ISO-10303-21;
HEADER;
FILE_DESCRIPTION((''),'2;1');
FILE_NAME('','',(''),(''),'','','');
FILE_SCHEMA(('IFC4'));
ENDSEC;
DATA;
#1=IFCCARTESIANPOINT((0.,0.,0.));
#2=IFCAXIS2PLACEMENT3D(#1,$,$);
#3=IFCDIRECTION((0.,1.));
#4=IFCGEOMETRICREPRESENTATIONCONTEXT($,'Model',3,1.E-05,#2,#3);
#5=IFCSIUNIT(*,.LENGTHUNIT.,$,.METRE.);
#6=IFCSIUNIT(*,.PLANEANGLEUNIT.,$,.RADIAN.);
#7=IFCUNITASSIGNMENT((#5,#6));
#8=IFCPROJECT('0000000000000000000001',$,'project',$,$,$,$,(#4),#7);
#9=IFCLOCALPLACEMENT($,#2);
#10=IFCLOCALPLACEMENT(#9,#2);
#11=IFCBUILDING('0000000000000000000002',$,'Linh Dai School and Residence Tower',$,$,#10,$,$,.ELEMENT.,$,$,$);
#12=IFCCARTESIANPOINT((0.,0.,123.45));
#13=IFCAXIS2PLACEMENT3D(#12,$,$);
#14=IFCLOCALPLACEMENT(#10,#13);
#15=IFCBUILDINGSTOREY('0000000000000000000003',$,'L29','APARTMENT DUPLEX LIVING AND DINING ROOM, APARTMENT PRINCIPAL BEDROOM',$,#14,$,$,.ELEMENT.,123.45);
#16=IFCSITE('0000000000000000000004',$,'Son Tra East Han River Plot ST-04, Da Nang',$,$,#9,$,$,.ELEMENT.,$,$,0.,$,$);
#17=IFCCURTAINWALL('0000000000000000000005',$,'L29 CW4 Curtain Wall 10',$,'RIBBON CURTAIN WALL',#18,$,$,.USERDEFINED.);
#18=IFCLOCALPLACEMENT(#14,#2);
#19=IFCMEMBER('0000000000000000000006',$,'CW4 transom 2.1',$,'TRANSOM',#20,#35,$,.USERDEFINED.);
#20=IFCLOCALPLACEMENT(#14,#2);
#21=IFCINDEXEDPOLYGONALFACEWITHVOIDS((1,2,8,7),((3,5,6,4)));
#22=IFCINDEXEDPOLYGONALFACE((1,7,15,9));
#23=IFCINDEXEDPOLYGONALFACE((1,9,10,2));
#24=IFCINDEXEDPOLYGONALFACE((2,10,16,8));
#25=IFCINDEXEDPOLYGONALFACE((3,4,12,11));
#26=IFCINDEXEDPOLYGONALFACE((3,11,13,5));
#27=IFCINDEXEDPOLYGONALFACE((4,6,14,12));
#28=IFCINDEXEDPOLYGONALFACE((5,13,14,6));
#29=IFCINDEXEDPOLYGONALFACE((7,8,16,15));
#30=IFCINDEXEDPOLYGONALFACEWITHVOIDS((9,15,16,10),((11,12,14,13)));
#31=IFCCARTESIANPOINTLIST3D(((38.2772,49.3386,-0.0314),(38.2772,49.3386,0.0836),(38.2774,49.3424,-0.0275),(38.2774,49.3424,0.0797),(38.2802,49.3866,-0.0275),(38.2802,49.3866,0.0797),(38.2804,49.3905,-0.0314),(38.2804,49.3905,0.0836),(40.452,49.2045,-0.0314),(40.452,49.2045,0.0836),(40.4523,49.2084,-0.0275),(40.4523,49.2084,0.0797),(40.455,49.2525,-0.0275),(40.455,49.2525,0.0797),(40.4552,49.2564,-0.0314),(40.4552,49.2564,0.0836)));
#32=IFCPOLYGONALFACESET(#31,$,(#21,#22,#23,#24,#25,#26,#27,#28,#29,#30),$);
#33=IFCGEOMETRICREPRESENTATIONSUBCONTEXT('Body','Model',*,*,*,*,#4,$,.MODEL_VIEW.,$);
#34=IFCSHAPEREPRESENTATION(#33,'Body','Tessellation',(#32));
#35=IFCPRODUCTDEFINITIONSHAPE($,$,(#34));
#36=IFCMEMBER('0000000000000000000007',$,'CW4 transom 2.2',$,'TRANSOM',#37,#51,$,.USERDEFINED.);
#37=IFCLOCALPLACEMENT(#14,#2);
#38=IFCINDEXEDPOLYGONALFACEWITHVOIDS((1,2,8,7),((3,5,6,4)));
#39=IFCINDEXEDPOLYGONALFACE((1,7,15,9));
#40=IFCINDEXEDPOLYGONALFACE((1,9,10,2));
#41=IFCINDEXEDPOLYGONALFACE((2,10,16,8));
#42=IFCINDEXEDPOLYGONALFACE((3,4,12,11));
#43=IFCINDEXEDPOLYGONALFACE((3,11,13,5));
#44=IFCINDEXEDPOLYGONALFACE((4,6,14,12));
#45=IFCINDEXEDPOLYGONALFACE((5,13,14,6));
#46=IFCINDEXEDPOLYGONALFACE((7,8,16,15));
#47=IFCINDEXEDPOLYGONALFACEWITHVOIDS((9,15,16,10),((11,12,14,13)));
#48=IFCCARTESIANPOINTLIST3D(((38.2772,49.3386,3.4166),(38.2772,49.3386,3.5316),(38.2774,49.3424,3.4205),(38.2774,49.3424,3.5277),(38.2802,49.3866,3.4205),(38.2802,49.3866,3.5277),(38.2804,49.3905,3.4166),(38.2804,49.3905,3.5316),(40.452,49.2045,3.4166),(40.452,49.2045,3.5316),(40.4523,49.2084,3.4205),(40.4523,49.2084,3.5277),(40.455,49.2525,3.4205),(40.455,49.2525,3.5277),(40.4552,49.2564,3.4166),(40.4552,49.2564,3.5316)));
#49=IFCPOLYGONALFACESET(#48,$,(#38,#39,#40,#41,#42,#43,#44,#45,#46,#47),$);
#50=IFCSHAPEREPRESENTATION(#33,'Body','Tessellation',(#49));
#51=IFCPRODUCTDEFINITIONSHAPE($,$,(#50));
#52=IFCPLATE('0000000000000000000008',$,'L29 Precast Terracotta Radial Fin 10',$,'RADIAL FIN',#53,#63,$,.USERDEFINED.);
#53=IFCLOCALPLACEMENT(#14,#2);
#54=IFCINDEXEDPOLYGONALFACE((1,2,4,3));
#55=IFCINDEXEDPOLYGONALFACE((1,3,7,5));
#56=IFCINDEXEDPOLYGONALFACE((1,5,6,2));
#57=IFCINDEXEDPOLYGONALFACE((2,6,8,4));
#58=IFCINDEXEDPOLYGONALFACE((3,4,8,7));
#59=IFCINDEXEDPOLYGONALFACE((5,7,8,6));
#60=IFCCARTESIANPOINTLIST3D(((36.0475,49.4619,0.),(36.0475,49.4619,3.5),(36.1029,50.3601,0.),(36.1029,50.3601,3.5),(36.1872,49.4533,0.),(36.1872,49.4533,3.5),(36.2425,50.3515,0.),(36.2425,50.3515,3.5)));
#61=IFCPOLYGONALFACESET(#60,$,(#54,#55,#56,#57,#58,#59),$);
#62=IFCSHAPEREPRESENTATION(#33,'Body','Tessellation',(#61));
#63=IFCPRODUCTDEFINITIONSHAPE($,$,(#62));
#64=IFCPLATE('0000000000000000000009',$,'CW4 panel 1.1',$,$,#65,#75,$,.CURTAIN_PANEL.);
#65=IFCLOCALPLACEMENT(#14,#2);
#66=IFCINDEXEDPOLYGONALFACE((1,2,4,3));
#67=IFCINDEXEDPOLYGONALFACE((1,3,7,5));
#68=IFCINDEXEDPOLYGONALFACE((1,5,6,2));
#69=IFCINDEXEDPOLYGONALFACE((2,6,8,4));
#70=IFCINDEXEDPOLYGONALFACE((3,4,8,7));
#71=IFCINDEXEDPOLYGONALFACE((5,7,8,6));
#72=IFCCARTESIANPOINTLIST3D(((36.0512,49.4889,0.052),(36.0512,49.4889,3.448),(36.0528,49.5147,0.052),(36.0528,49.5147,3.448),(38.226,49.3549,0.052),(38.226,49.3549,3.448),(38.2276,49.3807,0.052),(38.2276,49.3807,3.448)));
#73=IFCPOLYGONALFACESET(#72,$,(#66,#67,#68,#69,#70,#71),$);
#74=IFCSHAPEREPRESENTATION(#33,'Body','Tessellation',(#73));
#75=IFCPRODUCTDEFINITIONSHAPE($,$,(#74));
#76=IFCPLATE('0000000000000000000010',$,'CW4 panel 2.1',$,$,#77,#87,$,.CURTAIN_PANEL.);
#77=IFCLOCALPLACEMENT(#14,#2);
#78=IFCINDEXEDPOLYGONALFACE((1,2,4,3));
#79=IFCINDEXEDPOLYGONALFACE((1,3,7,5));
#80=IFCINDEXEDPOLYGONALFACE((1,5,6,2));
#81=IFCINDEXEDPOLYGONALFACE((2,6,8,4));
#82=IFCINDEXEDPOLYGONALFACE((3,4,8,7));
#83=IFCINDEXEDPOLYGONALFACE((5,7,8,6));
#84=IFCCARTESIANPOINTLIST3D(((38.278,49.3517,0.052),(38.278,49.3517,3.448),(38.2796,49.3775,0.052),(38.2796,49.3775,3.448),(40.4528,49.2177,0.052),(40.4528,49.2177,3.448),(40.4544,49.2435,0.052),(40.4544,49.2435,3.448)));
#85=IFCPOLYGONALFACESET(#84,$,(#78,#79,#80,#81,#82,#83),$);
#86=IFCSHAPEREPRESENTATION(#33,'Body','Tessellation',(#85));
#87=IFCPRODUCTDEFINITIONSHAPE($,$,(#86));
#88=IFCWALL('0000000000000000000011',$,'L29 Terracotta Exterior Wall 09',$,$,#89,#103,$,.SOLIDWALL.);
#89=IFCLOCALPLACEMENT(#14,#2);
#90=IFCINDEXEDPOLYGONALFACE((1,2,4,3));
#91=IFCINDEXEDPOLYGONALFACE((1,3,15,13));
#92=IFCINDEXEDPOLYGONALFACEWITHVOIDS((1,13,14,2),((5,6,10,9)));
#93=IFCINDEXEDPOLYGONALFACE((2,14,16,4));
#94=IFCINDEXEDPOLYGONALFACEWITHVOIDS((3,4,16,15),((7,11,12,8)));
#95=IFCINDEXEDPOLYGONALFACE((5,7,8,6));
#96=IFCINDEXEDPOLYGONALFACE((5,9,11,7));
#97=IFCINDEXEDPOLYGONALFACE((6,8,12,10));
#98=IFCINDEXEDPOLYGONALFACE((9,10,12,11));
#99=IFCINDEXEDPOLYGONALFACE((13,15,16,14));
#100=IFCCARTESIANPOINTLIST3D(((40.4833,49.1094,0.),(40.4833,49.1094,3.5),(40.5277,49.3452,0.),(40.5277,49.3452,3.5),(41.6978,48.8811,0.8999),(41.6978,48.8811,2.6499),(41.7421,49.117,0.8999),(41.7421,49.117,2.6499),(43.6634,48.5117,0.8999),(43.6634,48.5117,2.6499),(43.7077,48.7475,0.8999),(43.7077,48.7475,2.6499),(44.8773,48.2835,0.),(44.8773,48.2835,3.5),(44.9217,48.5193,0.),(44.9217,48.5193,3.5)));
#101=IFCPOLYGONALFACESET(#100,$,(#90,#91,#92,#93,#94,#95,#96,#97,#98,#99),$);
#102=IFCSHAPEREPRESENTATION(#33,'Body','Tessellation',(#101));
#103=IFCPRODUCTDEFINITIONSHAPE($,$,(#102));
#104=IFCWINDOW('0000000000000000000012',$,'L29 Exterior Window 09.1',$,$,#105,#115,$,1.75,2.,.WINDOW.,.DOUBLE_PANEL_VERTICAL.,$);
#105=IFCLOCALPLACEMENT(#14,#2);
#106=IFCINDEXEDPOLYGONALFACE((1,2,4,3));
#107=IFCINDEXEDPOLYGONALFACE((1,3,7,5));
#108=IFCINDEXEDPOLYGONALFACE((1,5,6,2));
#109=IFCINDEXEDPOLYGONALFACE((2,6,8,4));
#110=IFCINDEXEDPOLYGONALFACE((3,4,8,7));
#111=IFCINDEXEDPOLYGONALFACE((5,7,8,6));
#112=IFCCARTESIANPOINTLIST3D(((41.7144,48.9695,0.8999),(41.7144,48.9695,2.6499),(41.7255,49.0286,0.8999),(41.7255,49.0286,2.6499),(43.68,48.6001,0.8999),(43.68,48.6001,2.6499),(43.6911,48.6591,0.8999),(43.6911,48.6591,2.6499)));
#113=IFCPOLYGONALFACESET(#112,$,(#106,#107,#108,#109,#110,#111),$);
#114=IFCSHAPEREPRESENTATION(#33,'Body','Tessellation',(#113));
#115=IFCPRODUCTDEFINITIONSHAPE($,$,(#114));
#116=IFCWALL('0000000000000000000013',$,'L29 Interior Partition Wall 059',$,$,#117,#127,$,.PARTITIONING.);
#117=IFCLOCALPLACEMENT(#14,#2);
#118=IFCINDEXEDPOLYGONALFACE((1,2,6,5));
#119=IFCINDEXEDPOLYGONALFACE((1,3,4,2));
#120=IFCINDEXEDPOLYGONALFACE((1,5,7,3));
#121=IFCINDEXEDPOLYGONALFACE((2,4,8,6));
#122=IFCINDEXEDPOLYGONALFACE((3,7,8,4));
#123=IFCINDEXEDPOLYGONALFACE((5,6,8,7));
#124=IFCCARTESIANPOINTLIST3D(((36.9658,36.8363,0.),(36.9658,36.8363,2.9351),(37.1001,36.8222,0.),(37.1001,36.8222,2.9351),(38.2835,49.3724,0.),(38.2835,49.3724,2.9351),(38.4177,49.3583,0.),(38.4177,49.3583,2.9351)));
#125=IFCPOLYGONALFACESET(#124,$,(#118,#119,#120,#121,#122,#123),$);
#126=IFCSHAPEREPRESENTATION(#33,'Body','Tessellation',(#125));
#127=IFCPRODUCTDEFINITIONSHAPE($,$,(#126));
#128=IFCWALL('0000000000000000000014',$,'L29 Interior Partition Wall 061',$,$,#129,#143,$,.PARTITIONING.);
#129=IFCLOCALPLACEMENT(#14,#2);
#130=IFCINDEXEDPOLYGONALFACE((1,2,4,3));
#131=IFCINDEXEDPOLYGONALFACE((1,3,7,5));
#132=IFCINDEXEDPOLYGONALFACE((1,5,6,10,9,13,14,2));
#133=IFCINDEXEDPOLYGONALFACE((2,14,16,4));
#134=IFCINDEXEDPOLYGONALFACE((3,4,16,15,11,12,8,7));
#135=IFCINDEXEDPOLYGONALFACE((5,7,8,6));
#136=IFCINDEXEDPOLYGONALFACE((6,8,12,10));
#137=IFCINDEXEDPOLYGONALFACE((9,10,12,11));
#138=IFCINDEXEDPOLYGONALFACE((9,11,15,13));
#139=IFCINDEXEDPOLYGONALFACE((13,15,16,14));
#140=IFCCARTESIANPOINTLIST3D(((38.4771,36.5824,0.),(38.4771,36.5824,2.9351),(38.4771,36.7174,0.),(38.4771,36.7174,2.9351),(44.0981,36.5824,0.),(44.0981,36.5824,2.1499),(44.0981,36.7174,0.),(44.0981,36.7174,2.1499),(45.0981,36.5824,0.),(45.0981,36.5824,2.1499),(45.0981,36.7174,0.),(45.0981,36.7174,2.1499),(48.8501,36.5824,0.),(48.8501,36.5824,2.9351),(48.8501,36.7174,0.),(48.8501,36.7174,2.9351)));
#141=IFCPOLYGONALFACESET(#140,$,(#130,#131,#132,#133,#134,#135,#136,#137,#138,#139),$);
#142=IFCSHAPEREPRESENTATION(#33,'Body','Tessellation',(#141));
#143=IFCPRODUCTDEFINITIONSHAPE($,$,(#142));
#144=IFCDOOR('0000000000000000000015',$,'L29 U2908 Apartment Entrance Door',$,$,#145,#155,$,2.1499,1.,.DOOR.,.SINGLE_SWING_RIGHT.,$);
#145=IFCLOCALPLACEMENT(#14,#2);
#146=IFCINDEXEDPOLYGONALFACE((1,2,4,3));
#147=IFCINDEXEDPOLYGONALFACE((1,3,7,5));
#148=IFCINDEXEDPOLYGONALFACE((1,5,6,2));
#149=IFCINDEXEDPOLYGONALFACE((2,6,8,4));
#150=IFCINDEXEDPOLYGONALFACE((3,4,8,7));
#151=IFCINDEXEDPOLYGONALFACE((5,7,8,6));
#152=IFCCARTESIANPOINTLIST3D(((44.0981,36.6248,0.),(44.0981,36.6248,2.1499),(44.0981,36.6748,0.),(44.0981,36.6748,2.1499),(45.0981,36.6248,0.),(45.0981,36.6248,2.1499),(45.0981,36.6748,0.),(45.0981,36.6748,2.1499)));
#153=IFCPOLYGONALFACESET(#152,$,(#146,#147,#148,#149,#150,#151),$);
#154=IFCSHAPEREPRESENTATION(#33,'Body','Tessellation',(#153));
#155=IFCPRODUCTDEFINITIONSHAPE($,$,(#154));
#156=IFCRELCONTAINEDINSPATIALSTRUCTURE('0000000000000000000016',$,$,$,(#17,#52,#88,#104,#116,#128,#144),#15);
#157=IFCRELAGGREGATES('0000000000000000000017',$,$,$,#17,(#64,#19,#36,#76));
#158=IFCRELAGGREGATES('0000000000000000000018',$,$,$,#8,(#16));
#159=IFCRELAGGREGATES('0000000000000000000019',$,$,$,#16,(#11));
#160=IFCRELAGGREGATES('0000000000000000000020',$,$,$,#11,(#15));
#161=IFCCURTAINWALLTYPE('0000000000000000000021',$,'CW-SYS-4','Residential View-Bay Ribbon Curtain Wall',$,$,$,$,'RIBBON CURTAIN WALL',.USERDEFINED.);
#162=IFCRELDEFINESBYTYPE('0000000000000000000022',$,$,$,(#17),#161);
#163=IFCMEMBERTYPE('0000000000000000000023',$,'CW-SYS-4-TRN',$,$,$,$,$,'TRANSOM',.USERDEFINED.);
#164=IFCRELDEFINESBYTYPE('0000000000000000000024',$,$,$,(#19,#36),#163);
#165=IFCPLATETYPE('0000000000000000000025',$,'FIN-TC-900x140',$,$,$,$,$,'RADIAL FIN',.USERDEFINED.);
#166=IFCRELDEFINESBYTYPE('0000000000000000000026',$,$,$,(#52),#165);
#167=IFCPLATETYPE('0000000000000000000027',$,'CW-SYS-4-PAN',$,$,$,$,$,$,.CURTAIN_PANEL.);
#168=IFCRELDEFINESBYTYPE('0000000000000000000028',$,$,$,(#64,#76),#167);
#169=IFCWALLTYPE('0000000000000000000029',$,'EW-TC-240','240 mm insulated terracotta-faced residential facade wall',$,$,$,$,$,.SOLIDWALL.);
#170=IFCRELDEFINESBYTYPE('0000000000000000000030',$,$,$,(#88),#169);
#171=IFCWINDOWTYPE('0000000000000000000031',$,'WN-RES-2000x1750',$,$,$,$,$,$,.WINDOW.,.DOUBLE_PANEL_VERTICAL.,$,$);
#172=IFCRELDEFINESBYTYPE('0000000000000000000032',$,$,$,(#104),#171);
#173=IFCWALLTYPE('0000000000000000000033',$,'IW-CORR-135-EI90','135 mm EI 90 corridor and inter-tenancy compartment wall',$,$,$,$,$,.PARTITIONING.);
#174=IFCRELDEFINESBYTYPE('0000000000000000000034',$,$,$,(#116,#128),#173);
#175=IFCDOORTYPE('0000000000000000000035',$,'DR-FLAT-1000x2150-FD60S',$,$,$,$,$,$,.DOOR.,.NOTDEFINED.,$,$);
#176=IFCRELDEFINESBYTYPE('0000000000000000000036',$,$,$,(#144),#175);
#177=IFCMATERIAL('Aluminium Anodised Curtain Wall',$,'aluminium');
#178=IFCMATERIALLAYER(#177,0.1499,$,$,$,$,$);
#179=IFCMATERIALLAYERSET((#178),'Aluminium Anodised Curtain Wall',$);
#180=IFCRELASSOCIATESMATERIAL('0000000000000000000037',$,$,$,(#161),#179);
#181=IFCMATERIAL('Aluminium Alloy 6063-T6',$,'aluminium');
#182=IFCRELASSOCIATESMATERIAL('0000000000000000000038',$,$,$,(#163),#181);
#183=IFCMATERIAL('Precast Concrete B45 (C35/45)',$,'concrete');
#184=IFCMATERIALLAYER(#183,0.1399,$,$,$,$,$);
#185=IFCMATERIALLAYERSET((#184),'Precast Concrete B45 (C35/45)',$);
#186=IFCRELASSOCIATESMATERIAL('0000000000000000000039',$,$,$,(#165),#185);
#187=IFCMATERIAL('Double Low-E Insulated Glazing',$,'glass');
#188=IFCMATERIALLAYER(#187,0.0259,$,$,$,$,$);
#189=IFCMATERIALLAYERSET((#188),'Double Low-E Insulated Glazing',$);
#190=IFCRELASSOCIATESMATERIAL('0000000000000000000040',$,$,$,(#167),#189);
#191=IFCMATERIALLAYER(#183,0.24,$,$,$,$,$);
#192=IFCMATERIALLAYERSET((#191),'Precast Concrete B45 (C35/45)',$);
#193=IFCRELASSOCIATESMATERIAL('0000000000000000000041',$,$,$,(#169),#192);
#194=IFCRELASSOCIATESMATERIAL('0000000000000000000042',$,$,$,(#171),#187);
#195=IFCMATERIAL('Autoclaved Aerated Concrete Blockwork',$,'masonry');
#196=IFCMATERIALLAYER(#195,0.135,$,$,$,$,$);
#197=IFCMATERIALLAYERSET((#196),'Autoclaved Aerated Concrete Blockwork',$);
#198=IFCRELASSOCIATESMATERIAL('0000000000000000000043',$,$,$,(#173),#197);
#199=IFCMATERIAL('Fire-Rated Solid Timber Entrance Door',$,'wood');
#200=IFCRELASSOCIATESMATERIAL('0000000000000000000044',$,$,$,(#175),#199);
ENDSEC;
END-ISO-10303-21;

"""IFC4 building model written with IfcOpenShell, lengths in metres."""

from ifc_helpers import new_model, si_unit, direction, frame, frame_2d, origin, origin_2d, place, context, subcontext, project, spatial, rectangle, hollow_rectangle, extrude, source, transform, mapped, material, layer, layer_set, material_profile, profile_set, type_object, element, fill, aggregate, save


model = new_model("IFC4")

# Units and contexts
model_context = context("Model", 3, precision=1e-05, world=origin(), true_north=direction((0.0, 1.0)))
body_context = subcontext(model_context, "Body", "Model", "MODEL_VIEW")
ifc_project = project(units=[si_unit("LENGTHUNIT", "METRE"), si_unit("PLANEANGLEUNIT", "RADIAN")], contexts=[model_context])

# Site, building, storey
site_placement = place(None, origin())
site = spatial("IfcSite", under=ifc_project, at=site_placement, Name="Son Tra East Han River Plot ST-04, Da Nang", CompositionType="ELEMENT", RefElevation=0.0)
building_placement = place(site_placement, origin())
building = spatial("IfcBuilding", under=site, at=building_placement, Name="Linh Dai School and Residence Tower", CompositionType="ELEMENT")
storey_placement = place(building_placement, frame((0.0, 0.0, 123.45)))
storey = spatial("IfcBuildingStorey", under=building, at=storey_placement, Name="L29", Description="APARTMENT DUPLEX LIVING AND DINING ROOM, APARTMENT PRINCIPAL BEDROOM", CompositionType="ELEMENT", Elevation=123.45)

# Curtain wall, members
ifc_material_1 = material(Name="Aluminium Anodised Curtain Wall", Category="aluminium")
ifc_layer_1 = layer(ifc_material_1, 0.1499)
ifc_layer_set_1 = layer_set([ifc_layer_1], Name="Aluminium Anodised Curtain Wall")
curtain_wall_type = type_object("IfcCurtainWallType", Name="CW-SYS-4", Description="Residential View-Bay Ribbon Curtain Wall", ElementType="RIBBON CURTAIN WALL", PredefinedType="USERDEFINED", material=ifc_layer_set_1)
curtain_wall_placement = place(storey_placement, origin())
curtain_wall = element("IfcCurtainWall", 1, at=curtain_wall_placement, inside=storey, type_object=curtain_wall_type, Name="L29 CW4 Curtain Wall 10", ObjectType="RIBBON CURTAIN WALL", PredefinedType="USERDEFINED")
ifc_material_2 = material(Name="Aluminium Alloy 6063-T6", Category="aluminium")
ifc_material_profile_1 = material_profile(ifc_material_2, hollow_rectangle(XDim=0.052, YDim=0.115, WallThickness=0.0039, at=origin_2d()), Name="RHS 115x52x4")
ifc_profile_set_1 = profile_set([ifc_material_profile_1], Name="Aluminium Alloy 6063-T6")
member_type_1 = type_object("IfcMemberType", Name="CW-SYS-4-TRN", ElementType="TRANSOM", PredefinedType="USERDEFINED", material=ifc_profile_set_1)
shared_shape_1 = source(origin(), body_context, "Body", "SweptSolid", [
    extrude(hollow_rectangle(XDim=0.052, YDim=0.115, WallThickness=0.0039, at=origin_2d()), origin(), (0.0, 0.0, 1.0), 2.179),
])
member_1_placement = place(storey_placement, frame((38.2788, 49.3645, 0.0261), z_axis=(0.998106, -0.061513, 0.0), x_axis=(0.061513, 0.998106, 0.0)))
member_1 = element("IfcMember", 2, at=member_1_placement, type_object=member_type_1, Name="CW4 transom 2.1", ObjectType="TRANSOM", PredefinedType="USERDEFINED", context=body_context, shape_type="MappedRepresentation", body=[
    mapped(shared_shape_1, transform((0.0, 0.0, 0.0), x_axis=(1.0, 0.0, 0.0), y_axis=(0.0, 1.0, 0.0), z_axis=(0.0, 0.0, 1.0), scale=1.0)),
])
member_2_placement = place(storey_placement, frame((38.2788, 49.3645, 3.4741), z_axis=(0.998106, -0.061513, 0.0), x_axis=(0.061513, 0.998106, 0.0)))
member_2 = element("IfcMember", 3, at=member_2_placement, type_object=member_type_1, Name="CW4 transom 2.2", ObjectType="TRANSOM", PredefinedType="USERDEFINED", context=body_context, shape_type="MappedRepresentation", body=[
    mapped(shared_shape_1, transform((0.0, 0.0, 0.0), x_axis=(1.0, 0.0, 0.0), y_axis=(0.0, 1.0, 0.0), z_axis=(0.0, 0.0, 1.0), scale=1.0)),
])

# Plates
ifc_material_3 = material(Name="Precast Concrete B45 (C35/45)", Category="concrete")
ifc_layer_2 = layer(ifc_material_3, 0.1399)
ifc_layer_set_2 = layer_set([ifc_layer_2], Name="Precast Concrete B45 (C35/45)")
plate_type_1 = type_object("IfcPlateType", Name="FIN-TC-900x140", ElementType="RADIAL FIN", PredefinedType="USERDEFINED", material=ifc_layer_set_2)
shared_shape_2 = source(origin(), body_context, "Body", "SweptSolid", [
    extrude(rectangle(XDim=0.8999, YDim=0.1399, at=origin_2d()), origin(), (0.0, 0.0, 1.0), 3.5),
])
plate_1_placement = place(storey_placement, frame((36.145, 49.9067, 0.0), z_axis=(0.0, 0.0, 1.0), x_axis=(0.061509, 0.998107, 0.0)))
element("IfcPlate", 4, at=plate_1_placement, inside=storey, type_object=plate_type_1, Name="L29 Precast Terracotta Radial Fin 10", ObjectType="RADIAL FIN", PredefinedType="USERDEFINED", context=body_context, shape_type="MappedRepresentation", body=[
    mapped(shared_shape_2, transform((0.0, 0.0, 0.0), x_axis=(1.0, 0.0, 0.0), y_axis=(0.0, 1.0, 0.0), z_axis=(0.0, 0.0, 1.0), scale=1.0)),
])
ifc_material_4 = material(Name="Double Low-E Insulated Glazing", Category="glass")
ifc_layer_3 = layer(ifc_material_4, 0.0259)
ifc_layer_set_3 = layer_set([ifc_layer_3], Name="Double Low-E Insulated Glazing")
plate_type_2 = type_object("IfcPlateType", Name="CW-SYS-4-PAN", PredefinedType="CURTAIN_PANEL", material=ifc_layer_set_3)
shared_shape_3 = source(origin(), body_context, "Body", "SweptSolid", [
    extrude(rectangle(XDim=2.179, YDim=0.0259, at=origin_2d()), origin(), (0.0, 0.0, 1.0), 3.396),
])
plate_2_placement = place(storey_placement, frame((37.1394, 49.4348, 0.052), z_axis=(0.0, 0.0, 1.0), x_axis=(0.998107, -0.061509, 0.0)))
plate_2 = element("IfcPlate", 5, at=plate_2_placement, type_object=plate_type_2, Name="CW4 panel 1.1", PredefinedType="CURTAIN_PANEL", context=body_context, shape_type="MappedRepresentation", body=[
    mapped(shared_shape_3, transform((0.0, 0.0, 0.0), x_axis=(1.0, 0.0, 0.0), y_axis=(0.0, 1.0, 0.0), z_axis=(0.0, 0.0, 1.0), scale=1.0)),
])
plate_3_placement = place(storey_placement, frame((39.3662, 49.2976, 0.052), z_axis=(0.0, 0.0, 1.0), x_axis=(0.998107, -0.061509, 0.0)))
plate_3 = element("IfcPlate", 6, at=plate_3_placement, type_object=plate_type_2, Name="CW4 panel 2.1", PredefinedType="CURTAIN_PANEL", context=body_context, shape_type="MappedRepresentation", body=[
    mapped(shared_shape_3, transform((0.0, 0.0, 0.0), x_axis=(1.0, 0.0, 0.0), y_axis=(0.0, 1.0, 0.0), z_axis=(0.0, 0.0, 1.0), scale=1.0)),
])
aggregate(curtain_wall, [plate_2, member_1, member_2, plate_3])

# Wall, opening, window
ifc_layer_4 = layer(ifc_material_3, 0.24)
ifc_layer_set_4 = layer_set([ifc_layer_4], Name="Precast Concrete B45 (C35/45)")
wall_type_1 = type_object("IfcWallType", Name="EW-TC-240", Description="240 mm insulated terracotta-faced residential facade wall", PredefinedType="SOLIDWALL", material=ifc_layer_set_4)
wall_1_placement = place(storey_placement, frame((40.5056, 49.2273, 0.0), z_axis=(0.0, 0.0, 1.0), x_axis=(0.982789, -0.18473, 0.0)))
wall_1 = element("IfcWall", 7, at=wall_1_placement, inside=storey, type_object=wall_type_1, Name="L29 Terracotta Exterior Wall 09", PredefinedType="SOLIDWALL", context=body_context, shape_type="SweptSolid", body=[
    extrude(rectangle(XDim=4.4709, YDim=0.24, at=frame_2d((2.2354, 0.0))), origin(), (0.0, 0.0, 1.0), 3.5),
])
opening_1_placement = place(wall_1_placement, frame((1.2356, 0.0, 0.8999)))
opening_1 = element("IfcOpeningElement", 8, at=opening_1_placement, cuts=wall_1, PredefinedType="OPENING", context=body_context, shape_type="SweptSolid", body=[
    extrude(rectangle(XDim=2.0, YDim=1.75, at=origin_2d()), frame((1.0, 0.1299, 0.875), z_axis=(0.0, -1.0, 0.0), x_axis=(1.0, 0.0, 0.0)), (0.0, 0.0, 1.0), 0.26),
])
window_type = type_object("IfcWindowType", Name="WN-RES-2000x1750", PartitioningType="DOUBLE_PANEL_VERTICAL", PredefinedType="WINDOW", material=ifc_material_4)
shared_shape_4 = source(origin(), body_context, "Body", "SweptSolid", [
    extrude(rectangle(XDim=2.0, YDim=1.75, at=origin_2d()), frame((1.0, 0.03, 0.875), z_axis=(0.0, -1.0, 0.0), x_axis=(1.0, 0.0, 0.0)), (0.0, 0.0, 1.0), 0.0601),
])
window_placement = place(opening_1_placement, origin())
window = element("IfcWindow", 9, at=window_placement, inside=storey, type_object=window_type, Name="L29 Exterior Window 09.1", OverallHeight=1.75, OverallWidth=2.0, PartitioningType="DOUBLE_PANEL_VERTICAL", PredefinedType="WINDOW", context=body_context, shape_type="MappedRepresentation", body=[
    mapped(shared_shape_4, transform((0.0, 0.0, 0.0), x_axis=(1.0, 0.0, 0.0), y_axis=(0.0, 1.0, 0.0), z_axis=(0.0, 0.0, 1.0), scale=1.0)),
])
fill(opening_1, window)

# Wall
ifc_material_5 = material(Name="Autoclaved Aerated Concrete Blockwork", Category="masonry")
ifc_layer_5 = layer(ifc_material_5, 0.135)
ifc_layer_set_5 = layer_set([ifc_layer_5], Name="Autoclaved Aerated Concrete Blockwork")
wall_type_2 = type_object("IfcWallType", Name="IW-CORR-135-EI90", Description="135 mm EI 90 corridor and inter-tenancy compartment wall", PredefinedType="PARTITIONING", material=ifc_layer_set_5)
wall_2_placement = place(storey_placement, frame((37.033, 36.8291, 0.0), z_axis=(0.0, 0.0, 1.0), x_axis=(0.104531, 0.994522, 0.0)))
element("IfcWall", 10, at=wall_2_placement, inside=storey, type_object=wall_type_2, Name="L29 Interior Partition Wall 059", PredefinedType="PARTITIONING", context=body_context, shape_type="SweptSolid", body=[
    extrude(rectangle(XDim=12.6052, YDim=0.135, at=frame_2d((6.3027, 0.0))), origin(), (0.0, 0.0, 1.0), 2.9351),
])

# Wall, opening, door
wall_3_placement = place(storey_placement, frame((38.4771, 36.6499, 0.0), z_axis=(0.0, 0.0, 1.0), x_axis=(1.0, 0.0, 0.0)))
wall_3 = element("IfcWall", 11, at=wall_3_placement, inside=storey, type_object=wall_type_2, Name="L29 Interior Partition Wall 061", PredefinedType="PARTITIONING", context=body_context, shape_type="SweptSolid", body=[
    extrude(rectangle(XDim=10.373, YDim=0.135, at=frame_2d((5.1865, 0.0))), origin(), (0.0, 0.0, 1.0), 2.9351),
])
opening_2_placement = place(wall_3_placement, frame((5.6211, 0.0, 0.0)))
opening_2 = element("IfcOpeningElement", 12, at=opening_2_placement, cuts=wall_3, PredefinedType="OPENING", context=body_context, shape_type="SweptSolid", body=[
    extrude(rectangle(XDim=1.0, YDim=2.1499, at=origin_2d()), frame((0.5, 0.0776, 1.075), z_axis=(0.0, -1.0, 0.0), x_axis=(1.0, 0.0, 0.0)), (0.0, 0.0, 1.0), 0.155),
])
ifc_material_6 = material(Name="Fire-Rated Solid Timber Entrance Door", Category="wood")
door_type_1 = type_object("IfcDoorType", Name="DR-FLAT-1000x2150-FD60S", OperationType="NOTDEFINED", PredefinedType="DOOR", material=ifc_material_6)
shared_shape_5 = source(origin(), body_context, "Body", "SweptSolid", [
    extrude(rectangle(XDim=1.0, YDim=2.1499, at=origin_2d()), frame((0.5, 0.0249, 1.075), z_axis=(0.0, -1.0, 0.0), x_axis=(1.0, 0.0, 0.0)), (0.0, 0.0, 1.0), 0.05),
])
door_1_placement = place(opening_2_placement, origin())
door_1 = element("IfcDoor", 13, at=door_1_placement, inside=storey, type_object=door_type_1, Name="L29 U2908 Apartment Entrance Door", OperationType="SINGLE_SWING_RIGHT", OverallHeight=2.1499, OverallWidth=1.0, PredefinedType="DOOR", context=body_context, shape_type="MappedRepresentation", body=[
    mapped(shared_shape_5, transform((0.0, 0.0, 0.0), x_axis=(1.0, 0.0, 0.0), y_axis=(0.0, 1.0, 0.0), z_axis=(0.0, 0.0, 1.0), scale=1.0)),
])
fill(opening_2, door_1)

save(model, "model.ifc")
